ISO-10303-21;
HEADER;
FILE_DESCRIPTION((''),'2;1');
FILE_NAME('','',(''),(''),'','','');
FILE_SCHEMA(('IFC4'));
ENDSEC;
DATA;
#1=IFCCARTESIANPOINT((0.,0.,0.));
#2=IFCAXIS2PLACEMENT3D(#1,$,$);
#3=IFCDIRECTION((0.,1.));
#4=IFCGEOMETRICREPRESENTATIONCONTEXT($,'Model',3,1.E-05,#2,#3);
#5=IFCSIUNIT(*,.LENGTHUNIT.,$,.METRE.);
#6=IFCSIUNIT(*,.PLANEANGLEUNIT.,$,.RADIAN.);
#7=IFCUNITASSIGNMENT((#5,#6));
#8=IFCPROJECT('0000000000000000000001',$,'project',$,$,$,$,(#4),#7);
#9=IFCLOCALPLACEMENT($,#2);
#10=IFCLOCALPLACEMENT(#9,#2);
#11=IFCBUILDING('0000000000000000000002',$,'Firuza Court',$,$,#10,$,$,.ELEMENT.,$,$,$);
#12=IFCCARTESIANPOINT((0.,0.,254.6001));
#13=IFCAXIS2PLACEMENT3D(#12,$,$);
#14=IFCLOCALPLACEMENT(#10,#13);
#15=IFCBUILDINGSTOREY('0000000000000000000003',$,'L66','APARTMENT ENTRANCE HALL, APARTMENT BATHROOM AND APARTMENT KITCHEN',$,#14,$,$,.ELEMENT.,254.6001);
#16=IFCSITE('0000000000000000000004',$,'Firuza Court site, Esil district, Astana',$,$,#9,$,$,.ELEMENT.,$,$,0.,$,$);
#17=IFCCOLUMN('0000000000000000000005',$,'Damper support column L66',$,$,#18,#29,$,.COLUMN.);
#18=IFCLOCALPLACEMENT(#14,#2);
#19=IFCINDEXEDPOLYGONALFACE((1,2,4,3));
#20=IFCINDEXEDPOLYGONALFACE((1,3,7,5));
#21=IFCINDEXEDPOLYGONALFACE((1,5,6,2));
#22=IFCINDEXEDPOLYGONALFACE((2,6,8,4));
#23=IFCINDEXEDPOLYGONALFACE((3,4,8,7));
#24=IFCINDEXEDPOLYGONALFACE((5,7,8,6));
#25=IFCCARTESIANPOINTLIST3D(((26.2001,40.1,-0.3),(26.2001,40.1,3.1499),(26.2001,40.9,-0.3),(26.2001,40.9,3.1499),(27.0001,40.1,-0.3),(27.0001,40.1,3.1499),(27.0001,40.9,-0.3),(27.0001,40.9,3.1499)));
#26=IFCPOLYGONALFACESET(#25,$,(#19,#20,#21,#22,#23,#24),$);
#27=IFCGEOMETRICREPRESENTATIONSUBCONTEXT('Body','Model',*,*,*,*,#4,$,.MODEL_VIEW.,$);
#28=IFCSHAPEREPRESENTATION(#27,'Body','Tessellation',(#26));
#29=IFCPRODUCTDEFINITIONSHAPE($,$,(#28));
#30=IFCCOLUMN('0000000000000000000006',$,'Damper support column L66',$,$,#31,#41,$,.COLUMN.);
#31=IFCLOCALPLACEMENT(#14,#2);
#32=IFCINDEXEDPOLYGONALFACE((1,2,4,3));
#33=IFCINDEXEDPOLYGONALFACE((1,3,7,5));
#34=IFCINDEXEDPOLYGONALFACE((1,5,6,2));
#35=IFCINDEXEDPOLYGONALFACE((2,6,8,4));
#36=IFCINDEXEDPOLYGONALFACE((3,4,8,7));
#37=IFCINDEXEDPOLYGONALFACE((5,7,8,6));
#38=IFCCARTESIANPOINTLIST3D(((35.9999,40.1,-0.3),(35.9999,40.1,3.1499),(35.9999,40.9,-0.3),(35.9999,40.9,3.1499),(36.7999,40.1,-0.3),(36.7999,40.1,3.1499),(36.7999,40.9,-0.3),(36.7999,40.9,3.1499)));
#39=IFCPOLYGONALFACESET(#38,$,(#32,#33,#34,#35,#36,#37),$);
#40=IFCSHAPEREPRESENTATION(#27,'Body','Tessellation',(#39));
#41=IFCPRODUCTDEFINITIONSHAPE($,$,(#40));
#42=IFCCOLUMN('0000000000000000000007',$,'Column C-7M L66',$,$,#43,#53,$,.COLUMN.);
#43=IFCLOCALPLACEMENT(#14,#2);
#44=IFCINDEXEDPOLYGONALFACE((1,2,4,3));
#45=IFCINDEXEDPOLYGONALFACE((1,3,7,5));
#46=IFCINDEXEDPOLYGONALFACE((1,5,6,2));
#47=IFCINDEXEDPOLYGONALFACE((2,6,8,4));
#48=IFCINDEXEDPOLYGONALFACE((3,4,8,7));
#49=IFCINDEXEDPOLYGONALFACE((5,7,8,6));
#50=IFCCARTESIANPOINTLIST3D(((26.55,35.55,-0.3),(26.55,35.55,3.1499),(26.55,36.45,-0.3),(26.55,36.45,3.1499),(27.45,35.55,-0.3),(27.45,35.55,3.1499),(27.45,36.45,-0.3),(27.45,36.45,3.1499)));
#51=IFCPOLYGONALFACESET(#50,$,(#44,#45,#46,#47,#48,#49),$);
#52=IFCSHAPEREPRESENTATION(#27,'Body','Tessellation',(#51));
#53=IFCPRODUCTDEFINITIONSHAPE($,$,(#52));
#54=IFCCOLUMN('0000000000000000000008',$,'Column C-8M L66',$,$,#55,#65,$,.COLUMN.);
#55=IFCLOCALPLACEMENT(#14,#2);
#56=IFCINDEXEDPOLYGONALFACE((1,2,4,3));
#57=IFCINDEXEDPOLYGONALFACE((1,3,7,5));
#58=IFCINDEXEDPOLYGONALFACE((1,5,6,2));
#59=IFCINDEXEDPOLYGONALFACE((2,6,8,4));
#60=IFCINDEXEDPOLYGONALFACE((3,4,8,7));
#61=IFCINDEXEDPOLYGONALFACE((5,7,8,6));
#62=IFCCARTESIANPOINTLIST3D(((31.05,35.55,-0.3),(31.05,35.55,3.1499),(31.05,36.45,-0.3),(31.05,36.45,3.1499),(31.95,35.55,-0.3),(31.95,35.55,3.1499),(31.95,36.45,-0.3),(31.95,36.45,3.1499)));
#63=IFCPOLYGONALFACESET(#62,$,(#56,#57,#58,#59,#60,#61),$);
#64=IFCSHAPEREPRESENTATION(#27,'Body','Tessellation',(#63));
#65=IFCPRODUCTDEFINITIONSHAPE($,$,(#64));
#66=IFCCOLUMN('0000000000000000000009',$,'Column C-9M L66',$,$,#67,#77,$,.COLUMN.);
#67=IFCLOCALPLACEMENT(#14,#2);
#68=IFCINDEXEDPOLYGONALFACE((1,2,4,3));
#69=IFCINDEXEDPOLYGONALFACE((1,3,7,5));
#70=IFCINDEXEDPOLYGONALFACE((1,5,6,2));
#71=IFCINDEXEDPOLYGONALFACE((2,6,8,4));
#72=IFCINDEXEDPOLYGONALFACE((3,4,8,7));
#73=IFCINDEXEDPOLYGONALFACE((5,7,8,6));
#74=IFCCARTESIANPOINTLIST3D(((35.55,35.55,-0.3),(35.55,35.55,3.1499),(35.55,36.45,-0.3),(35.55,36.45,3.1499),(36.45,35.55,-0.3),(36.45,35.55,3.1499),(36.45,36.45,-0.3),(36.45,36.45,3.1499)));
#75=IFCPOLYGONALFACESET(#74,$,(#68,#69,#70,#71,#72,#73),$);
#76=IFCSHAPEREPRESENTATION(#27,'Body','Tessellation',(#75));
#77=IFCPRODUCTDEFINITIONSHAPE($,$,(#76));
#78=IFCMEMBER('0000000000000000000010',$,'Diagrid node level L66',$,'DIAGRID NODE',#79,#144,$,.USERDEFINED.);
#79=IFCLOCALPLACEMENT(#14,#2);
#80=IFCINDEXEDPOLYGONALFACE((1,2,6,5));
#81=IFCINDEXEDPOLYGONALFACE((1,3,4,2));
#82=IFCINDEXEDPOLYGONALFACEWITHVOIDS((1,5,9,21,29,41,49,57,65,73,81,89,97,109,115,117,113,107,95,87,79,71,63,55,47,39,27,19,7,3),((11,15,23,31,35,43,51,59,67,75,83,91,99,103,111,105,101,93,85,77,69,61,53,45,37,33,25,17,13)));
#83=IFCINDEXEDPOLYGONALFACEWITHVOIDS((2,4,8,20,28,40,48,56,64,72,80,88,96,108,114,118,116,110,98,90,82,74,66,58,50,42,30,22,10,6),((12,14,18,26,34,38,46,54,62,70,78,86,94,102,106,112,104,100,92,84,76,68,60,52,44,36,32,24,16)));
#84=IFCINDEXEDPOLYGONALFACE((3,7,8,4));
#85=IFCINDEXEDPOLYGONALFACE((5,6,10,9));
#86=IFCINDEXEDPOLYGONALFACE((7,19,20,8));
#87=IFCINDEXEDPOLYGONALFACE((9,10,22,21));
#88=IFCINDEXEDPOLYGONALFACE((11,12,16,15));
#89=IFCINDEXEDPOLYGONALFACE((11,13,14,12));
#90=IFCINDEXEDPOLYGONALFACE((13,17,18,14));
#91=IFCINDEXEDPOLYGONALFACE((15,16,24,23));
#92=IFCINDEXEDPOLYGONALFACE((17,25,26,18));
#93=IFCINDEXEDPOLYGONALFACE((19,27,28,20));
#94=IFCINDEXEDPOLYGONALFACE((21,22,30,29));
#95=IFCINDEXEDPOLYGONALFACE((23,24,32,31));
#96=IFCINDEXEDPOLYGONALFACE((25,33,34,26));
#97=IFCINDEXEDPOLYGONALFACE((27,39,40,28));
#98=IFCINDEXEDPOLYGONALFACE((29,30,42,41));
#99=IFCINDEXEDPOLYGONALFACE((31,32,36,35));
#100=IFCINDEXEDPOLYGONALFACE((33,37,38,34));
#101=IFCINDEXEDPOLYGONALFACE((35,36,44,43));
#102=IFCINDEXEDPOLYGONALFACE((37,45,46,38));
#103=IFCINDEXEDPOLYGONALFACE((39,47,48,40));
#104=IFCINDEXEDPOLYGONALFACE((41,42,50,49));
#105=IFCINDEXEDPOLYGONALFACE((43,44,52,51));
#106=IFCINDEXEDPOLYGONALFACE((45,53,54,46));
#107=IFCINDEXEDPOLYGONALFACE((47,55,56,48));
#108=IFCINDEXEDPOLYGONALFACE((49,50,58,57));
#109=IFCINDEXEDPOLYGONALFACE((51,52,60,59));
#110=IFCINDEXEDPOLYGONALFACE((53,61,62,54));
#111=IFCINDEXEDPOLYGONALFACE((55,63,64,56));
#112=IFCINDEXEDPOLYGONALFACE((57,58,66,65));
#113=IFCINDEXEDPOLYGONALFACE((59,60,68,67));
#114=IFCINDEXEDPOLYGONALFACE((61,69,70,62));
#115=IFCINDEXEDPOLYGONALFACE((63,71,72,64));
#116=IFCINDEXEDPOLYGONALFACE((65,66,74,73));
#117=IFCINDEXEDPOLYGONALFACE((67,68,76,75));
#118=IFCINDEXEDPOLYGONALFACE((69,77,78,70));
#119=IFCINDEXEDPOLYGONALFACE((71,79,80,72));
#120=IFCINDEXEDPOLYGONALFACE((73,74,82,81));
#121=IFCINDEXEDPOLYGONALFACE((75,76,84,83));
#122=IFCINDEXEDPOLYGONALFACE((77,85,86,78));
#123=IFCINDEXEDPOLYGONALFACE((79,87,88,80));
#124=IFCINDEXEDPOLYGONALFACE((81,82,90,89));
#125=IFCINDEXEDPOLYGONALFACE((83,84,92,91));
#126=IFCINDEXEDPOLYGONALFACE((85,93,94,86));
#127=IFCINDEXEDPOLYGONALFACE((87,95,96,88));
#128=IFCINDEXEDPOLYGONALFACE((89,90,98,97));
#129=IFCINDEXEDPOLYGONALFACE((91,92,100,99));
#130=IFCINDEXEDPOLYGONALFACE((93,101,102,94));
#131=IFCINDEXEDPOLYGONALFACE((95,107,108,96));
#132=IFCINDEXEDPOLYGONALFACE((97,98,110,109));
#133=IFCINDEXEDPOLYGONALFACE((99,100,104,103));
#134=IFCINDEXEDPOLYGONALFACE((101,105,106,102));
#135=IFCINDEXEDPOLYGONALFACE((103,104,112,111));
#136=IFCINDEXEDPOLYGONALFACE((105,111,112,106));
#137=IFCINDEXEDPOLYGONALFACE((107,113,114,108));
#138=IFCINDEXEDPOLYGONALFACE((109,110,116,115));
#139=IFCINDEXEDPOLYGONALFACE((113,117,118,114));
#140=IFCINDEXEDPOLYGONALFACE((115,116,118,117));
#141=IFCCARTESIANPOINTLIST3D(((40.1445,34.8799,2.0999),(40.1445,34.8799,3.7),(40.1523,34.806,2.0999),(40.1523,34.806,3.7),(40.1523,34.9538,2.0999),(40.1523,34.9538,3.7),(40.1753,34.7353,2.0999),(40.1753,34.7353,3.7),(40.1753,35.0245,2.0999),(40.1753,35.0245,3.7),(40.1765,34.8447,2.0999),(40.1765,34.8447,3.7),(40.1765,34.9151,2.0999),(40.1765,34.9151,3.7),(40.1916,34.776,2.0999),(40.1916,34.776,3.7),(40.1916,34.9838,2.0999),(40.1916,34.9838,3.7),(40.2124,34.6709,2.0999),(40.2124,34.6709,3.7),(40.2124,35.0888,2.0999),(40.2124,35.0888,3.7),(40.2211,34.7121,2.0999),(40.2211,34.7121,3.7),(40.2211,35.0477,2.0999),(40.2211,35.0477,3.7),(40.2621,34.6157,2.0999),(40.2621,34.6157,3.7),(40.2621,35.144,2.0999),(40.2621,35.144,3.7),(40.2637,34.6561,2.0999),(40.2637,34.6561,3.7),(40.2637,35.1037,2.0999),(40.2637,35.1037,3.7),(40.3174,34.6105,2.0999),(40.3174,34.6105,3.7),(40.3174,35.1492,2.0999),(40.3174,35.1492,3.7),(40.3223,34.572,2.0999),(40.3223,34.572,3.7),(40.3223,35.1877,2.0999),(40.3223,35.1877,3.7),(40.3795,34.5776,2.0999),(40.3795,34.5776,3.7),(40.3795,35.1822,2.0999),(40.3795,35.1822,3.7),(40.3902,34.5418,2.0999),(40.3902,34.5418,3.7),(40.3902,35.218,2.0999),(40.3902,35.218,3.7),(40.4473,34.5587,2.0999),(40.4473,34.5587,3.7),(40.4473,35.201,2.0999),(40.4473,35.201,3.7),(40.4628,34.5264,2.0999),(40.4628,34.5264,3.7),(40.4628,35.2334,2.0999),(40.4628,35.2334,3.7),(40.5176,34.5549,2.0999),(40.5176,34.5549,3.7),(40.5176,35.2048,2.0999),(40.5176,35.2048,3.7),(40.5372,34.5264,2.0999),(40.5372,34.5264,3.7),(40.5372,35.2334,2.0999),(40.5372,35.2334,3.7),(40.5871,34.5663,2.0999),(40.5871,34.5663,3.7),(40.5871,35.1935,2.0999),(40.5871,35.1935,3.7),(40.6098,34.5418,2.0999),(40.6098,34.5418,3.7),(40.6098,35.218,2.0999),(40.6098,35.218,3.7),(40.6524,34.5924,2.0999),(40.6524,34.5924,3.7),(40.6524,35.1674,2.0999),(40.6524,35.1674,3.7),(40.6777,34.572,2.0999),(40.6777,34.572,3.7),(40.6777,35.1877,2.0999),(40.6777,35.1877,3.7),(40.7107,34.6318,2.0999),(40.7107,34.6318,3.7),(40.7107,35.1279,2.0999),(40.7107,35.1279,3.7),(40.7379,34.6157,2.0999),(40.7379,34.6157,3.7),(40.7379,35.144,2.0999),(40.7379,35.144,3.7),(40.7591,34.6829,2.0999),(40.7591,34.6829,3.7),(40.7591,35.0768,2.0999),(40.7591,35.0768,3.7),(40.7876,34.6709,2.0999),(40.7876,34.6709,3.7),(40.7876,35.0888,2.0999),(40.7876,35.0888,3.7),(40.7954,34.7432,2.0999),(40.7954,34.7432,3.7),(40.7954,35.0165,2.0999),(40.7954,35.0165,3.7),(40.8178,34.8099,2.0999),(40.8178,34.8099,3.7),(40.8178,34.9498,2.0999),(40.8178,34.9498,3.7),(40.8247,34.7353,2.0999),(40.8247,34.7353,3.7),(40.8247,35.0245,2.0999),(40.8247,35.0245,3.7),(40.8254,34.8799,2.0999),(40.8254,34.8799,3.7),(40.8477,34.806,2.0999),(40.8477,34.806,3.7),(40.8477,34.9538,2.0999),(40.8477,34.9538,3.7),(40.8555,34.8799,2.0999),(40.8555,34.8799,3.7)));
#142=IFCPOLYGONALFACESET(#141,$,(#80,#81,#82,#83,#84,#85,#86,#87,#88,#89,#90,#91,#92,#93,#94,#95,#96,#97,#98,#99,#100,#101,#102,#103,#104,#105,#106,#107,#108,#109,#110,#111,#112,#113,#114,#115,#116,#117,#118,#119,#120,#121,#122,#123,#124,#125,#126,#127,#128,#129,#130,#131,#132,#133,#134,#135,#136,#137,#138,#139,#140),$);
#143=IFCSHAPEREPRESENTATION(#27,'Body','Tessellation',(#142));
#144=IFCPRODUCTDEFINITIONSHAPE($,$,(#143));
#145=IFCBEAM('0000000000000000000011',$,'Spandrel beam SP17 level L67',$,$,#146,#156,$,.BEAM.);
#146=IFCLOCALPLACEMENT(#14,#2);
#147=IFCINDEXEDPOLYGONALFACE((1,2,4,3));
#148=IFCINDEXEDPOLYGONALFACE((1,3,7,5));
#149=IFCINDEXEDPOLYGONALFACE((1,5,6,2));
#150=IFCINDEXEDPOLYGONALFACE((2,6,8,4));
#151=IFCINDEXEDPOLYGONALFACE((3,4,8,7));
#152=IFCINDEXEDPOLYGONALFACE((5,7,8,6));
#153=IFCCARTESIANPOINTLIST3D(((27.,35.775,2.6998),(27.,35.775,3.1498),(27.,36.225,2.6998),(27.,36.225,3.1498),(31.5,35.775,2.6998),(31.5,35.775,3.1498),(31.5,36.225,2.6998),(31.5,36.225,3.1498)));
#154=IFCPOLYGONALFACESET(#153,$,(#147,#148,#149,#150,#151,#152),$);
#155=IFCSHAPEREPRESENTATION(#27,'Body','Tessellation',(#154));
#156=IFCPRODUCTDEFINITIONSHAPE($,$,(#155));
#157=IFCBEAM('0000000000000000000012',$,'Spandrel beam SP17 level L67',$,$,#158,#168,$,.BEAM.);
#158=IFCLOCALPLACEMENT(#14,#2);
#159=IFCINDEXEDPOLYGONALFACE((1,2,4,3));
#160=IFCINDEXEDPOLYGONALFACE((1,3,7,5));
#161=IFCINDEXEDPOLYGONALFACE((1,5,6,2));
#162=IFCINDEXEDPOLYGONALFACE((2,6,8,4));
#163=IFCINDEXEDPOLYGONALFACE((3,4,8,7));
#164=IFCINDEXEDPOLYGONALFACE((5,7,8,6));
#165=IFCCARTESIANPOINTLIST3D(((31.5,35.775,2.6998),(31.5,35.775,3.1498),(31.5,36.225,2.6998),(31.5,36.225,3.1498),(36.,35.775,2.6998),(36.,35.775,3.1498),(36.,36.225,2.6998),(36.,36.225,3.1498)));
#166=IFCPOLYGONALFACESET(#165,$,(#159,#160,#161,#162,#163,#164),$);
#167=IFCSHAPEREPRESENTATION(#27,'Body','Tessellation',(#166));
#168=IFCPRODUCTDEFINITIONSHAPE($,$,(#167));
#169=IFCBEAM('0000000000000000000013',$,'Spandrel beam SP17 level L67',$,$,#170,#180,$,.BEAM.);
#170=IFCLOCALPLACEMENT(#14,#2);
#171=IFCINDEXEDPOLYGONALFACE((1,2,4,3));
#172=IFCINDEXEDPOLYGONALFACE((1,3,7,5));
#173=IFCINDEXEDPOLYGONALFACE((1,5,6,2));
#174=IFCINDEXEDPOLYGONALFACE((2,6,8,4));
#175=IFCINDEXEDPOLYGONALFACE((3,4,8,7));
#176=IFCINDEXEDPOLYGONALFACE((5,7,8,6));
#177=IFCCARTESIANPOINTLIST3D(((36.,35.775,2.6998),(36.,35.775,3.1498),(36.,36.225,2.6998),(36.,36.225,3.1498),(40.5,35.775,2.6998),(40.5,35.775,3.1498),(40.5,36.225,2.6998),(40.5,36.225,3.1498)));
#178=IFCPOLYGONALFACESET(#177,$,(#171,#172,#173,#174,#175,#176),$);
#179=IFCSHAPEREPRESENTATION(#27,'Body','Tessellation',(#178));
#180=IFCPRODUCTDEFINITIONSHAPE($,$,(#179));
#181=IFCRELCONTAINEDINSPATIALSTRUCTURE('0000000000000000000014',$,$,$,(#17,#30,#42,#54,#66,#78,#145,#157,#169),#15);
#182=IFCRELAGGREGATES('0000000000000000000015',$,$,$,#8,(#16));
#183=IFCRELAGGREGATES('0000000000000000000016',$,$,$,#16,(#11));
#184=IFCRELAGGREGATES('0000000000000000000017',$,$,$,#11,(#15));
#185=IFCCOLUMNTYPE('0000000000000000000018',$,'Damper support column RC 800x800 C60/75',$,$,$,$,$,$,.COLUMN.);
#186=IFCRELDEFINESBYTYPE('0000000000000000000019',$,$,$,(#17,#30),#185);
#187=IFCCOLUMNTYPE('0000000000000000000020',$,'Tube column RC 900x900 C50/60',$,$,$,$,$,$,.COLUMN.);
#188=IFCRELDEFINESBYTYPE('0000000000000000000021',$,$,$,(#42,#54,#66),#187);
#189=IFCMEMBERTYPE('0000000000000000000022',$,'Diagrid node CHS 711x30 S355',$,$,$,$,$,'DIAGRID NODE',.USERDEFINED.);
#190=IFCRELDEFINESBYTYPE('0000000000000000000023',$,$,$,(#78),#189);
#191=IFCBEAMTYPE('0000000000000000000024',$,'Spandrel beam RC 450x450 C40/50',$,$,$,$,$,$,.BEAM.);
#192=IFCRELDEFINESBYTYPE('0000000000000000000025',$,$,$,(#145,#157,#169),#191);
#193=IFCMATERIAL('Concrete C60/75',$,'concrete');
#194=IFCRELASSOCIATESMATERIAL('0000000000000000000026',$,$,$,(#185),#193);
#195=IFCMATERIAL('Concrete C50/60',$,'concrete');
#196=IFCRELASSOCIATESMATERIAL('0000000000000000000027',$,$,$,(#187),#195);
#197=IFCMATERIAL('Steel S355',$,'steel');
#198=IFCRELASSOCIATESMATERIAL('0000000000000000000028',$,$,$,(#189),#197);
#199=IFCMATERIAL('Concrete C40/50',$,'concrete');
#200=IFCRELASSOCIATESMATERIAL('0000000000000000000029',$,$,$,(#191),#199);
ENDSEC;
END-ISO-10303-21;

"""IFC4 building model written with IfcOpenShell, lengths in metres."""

from ifc_helpers import new_model, si_unit, direction, frame, origin, origin_2d, place, context, subcontext, project, spatial, rectangle, hollow_circle, extrude, material, material_profile, profile_set, type_object, element, save


model = new_model("IFC4")

# Units and contexts
model_context = context("Model", 3, precision=1e-05, world=origin(), true_north=direction((0.0, 1.0)))
body_context = subcontext(model_context, "Body", "Model", "MODEL_VIEW")
ifc_project = project(units=[si_unit("LENGTHUNIT", "METRE"), si_unit("PLANEANGLEUNIT", "RADIAN")], contexts=[model_context])

# Site, building, storey
site_placement = place(None, origin())
site = spatial("IfcSite", under=ifc_project, at=site_placement, Name="Firuza Court site, Esil district, Astana", CompositionType="ELEMENT", RefElevation=0.0)
building_placement = place(site_placement, origin())
building = spatial("IfcBuilding", under=site, at=building_placement, Name="Firuza Court", CompositionType="ELEMENT")
storey_placement = place(building_placement, frame((0.0, 0.0, 254.6001)))
storey = spatial("IfcBuildingStorey", under=building, at=storey_placement, Name="L66", Description="APARTMENT ENTRANCE HALL, APARTMENT BATHROOM AND APARTMENT KITCHEN", CompositionType="ELEMENT", Elevation=254.6001)

# Columns
ifc_material_1 = material(Name="Concrete C60/75", Category="concrete")
ifc_material_profile_1 = material_profile(ifc_material_1, rectangle(XDim=0.8, YDim=0.8, at=origin_2d()), Name="RC 800x800")
ifc_profile_set_1 = profile_set([ifc_material_profile_1], Name="Concrete C60/75")
column_type_1 = type_object("IfcColumnType", Name="Damper support column RC 800x800 C60/75", PredefinedType="COLUMN", material=ifc_profile_set_1)
for number, where, z_axis, x_axis, name in (
    (1, (26.6001, 40.5, -0.3), (0.0, 0.0, 1.0), (1.0, 0.0, 0.0), "Damper support column L66"),
    (2, (36.3999, 40.5, -0.3), (0.0, 0.0, 1.0), (1.0, 0.0, 0.0), "Damper support column L66"),
):
    element("IfcColumn", number, at=place(storey_placement, frame(where, z_axis=z_axis, x_axis=x_axis)), inside=storey, type_object=column_type_1, Name=name, PredefinedType="COLUMN", context=body_context, shape_type="SweptSolid", body=[
        extrude(rectangle(XDim=0.8, YDim=0.8, at=origin_2d()), origin(), (0.0, 0.0, 1.0), 3.45),
    ])
ifc_material_2 = material(Name="Concrete C50/60", Category="concrete")
ifc_material_profile_2 = material_profile(ifc_material_2, rectangle(XDim=0.8999, YDim=0.8999, at=origin_2d()), Name="RC 900x900")
ifc_profile_set_2 = profile_set([ifc_material_profile_2], Name="Concrete C50/60")
column_type_2 = type_object("IfcColumnType", Name="Tube column RC 900x900 C50/60", PredefinedType="COLUMN", material=ifc_profile_set_2)
for number, where, z_axis, x_axis, name in (
    (3, (27.0, 36.0, -0.3), (0.0, 0.0, 1.0), (1.0, 0.0, 0.0), "Column C-7M L66"),
    (4, (31.5, 36.0, -0.3), (0.0, 0.0, 1.0), (1.0, 0.0, 0.0), "Column C-8M L66"),
    (5, (36.0, 36.0, -0.3), (0.0, 0.0, 1.0), (1.0, 0.0, 0.0), "Column C-9M L66"),
):
    element("IfcColumn", number, at=place(storey_placement, frame(where, z_axis=z_axis, x_axis=x_axis)), inside=storey, type_object=column_type_2, Name=name, PredefinedType="COLUMN", context=body_context, shape_type="SweptSolid", body=[
        extrude(rectangle(XDim=0.8999, YDim=0.8999, at=origin_2d()), origin(), (0.0, 0.0, 1.0), 3.45),
    ])

# Member
ifc_material_3 = material(Name="Steel S355", Category="steel")
ifc_material_profile_3 = material_profile(ifc_material_3, hollow_circle(Radius=0.3555, WallThickness=0.03, at=origin_2d()), Name="CHS 711x30")
ifc_profile_set_3 = profile_set([ifc_material_profile_3], Name="Steel S355")
member_type = type_object("IfcMemberType", Name="Diagrid node CHS 711x30 S355", ElementType="DIAGRID NODE", PredefinedType="USERDEFINED", material=ifc_profile_set_3)
member_placement = place(storey_placement, frame((40.5, 34.8799, 2.0999), z_axis=(0.0, 0.0, 1.0), x_axis=(1.0, 0.0, 0.0)))
element("IfcMember", 6, at=member_placement, inside=storey, type_object=member_type, Name="Diagrid node level L66", ObjectType="DIAGRID NODE", PredefinedType="USERDEFINED", context=body_context, shape_type="SweptSolid", body=[
    extrude(hollow_circle(Radius=0.3555, WallThickness=0.03, at=origin_2d()), origin(), (0.0, 0.0, 1.0), 1.6001),
])

# Beams
ifc_material_4 = material(Name="Concrete C40/50", Category="concrete")
ifc_material_profile_4 = material_profile(ifc_material_4, rectangle(XDim=0.45, YDim=0.45, at=origin_2d()), Name="RC 450x450")
ifc_profile_set_4 = profile_set([ifc_material_profile_4], Name="Concrete C40/50")
beam_type = type_object("IfcBeamType", Name="Spandrel beam RC 450x450 C40/50", PredefinedType="BEAM", material=ifc_profile_set_4)
for number, where, z_axis, x_axis, name in (
    (7, (27.0, 36.0, 2.9248), (1.0, 0.0, 0.0), (0.0, 1.0, 0.0), "Spandrel beam SP17 level L67"),
    (8, (31.5, 36.0, 2.9248), (1.0, 0.0, 0.0), (0.0, 1.0, 0.0), "Spandrel beam SP17 level L67"),
    (9, (36.0, 36.0, 2.9248), (1.0, 0.0, 0.0), (0.0, 1.0, 0.0), "Spandrel beam SP17 level L67"),
):
    element("IfcBeam", number, at=place(storey_placement, frame(where, z_axis=z_axis, x_axis=x_axis)), inside=storey, type_object=beam_type, Name=name, PredefinedType="BEAM", context=body_context, shape_type="SweptSolid", body=[
        extrude(rectangle(XDim=0.45, YDim=0.45, at=origin_2d()), origin(), (0.0, 0.0, 1.0), 4.5),
    ])

save(model, "model.ifc")
